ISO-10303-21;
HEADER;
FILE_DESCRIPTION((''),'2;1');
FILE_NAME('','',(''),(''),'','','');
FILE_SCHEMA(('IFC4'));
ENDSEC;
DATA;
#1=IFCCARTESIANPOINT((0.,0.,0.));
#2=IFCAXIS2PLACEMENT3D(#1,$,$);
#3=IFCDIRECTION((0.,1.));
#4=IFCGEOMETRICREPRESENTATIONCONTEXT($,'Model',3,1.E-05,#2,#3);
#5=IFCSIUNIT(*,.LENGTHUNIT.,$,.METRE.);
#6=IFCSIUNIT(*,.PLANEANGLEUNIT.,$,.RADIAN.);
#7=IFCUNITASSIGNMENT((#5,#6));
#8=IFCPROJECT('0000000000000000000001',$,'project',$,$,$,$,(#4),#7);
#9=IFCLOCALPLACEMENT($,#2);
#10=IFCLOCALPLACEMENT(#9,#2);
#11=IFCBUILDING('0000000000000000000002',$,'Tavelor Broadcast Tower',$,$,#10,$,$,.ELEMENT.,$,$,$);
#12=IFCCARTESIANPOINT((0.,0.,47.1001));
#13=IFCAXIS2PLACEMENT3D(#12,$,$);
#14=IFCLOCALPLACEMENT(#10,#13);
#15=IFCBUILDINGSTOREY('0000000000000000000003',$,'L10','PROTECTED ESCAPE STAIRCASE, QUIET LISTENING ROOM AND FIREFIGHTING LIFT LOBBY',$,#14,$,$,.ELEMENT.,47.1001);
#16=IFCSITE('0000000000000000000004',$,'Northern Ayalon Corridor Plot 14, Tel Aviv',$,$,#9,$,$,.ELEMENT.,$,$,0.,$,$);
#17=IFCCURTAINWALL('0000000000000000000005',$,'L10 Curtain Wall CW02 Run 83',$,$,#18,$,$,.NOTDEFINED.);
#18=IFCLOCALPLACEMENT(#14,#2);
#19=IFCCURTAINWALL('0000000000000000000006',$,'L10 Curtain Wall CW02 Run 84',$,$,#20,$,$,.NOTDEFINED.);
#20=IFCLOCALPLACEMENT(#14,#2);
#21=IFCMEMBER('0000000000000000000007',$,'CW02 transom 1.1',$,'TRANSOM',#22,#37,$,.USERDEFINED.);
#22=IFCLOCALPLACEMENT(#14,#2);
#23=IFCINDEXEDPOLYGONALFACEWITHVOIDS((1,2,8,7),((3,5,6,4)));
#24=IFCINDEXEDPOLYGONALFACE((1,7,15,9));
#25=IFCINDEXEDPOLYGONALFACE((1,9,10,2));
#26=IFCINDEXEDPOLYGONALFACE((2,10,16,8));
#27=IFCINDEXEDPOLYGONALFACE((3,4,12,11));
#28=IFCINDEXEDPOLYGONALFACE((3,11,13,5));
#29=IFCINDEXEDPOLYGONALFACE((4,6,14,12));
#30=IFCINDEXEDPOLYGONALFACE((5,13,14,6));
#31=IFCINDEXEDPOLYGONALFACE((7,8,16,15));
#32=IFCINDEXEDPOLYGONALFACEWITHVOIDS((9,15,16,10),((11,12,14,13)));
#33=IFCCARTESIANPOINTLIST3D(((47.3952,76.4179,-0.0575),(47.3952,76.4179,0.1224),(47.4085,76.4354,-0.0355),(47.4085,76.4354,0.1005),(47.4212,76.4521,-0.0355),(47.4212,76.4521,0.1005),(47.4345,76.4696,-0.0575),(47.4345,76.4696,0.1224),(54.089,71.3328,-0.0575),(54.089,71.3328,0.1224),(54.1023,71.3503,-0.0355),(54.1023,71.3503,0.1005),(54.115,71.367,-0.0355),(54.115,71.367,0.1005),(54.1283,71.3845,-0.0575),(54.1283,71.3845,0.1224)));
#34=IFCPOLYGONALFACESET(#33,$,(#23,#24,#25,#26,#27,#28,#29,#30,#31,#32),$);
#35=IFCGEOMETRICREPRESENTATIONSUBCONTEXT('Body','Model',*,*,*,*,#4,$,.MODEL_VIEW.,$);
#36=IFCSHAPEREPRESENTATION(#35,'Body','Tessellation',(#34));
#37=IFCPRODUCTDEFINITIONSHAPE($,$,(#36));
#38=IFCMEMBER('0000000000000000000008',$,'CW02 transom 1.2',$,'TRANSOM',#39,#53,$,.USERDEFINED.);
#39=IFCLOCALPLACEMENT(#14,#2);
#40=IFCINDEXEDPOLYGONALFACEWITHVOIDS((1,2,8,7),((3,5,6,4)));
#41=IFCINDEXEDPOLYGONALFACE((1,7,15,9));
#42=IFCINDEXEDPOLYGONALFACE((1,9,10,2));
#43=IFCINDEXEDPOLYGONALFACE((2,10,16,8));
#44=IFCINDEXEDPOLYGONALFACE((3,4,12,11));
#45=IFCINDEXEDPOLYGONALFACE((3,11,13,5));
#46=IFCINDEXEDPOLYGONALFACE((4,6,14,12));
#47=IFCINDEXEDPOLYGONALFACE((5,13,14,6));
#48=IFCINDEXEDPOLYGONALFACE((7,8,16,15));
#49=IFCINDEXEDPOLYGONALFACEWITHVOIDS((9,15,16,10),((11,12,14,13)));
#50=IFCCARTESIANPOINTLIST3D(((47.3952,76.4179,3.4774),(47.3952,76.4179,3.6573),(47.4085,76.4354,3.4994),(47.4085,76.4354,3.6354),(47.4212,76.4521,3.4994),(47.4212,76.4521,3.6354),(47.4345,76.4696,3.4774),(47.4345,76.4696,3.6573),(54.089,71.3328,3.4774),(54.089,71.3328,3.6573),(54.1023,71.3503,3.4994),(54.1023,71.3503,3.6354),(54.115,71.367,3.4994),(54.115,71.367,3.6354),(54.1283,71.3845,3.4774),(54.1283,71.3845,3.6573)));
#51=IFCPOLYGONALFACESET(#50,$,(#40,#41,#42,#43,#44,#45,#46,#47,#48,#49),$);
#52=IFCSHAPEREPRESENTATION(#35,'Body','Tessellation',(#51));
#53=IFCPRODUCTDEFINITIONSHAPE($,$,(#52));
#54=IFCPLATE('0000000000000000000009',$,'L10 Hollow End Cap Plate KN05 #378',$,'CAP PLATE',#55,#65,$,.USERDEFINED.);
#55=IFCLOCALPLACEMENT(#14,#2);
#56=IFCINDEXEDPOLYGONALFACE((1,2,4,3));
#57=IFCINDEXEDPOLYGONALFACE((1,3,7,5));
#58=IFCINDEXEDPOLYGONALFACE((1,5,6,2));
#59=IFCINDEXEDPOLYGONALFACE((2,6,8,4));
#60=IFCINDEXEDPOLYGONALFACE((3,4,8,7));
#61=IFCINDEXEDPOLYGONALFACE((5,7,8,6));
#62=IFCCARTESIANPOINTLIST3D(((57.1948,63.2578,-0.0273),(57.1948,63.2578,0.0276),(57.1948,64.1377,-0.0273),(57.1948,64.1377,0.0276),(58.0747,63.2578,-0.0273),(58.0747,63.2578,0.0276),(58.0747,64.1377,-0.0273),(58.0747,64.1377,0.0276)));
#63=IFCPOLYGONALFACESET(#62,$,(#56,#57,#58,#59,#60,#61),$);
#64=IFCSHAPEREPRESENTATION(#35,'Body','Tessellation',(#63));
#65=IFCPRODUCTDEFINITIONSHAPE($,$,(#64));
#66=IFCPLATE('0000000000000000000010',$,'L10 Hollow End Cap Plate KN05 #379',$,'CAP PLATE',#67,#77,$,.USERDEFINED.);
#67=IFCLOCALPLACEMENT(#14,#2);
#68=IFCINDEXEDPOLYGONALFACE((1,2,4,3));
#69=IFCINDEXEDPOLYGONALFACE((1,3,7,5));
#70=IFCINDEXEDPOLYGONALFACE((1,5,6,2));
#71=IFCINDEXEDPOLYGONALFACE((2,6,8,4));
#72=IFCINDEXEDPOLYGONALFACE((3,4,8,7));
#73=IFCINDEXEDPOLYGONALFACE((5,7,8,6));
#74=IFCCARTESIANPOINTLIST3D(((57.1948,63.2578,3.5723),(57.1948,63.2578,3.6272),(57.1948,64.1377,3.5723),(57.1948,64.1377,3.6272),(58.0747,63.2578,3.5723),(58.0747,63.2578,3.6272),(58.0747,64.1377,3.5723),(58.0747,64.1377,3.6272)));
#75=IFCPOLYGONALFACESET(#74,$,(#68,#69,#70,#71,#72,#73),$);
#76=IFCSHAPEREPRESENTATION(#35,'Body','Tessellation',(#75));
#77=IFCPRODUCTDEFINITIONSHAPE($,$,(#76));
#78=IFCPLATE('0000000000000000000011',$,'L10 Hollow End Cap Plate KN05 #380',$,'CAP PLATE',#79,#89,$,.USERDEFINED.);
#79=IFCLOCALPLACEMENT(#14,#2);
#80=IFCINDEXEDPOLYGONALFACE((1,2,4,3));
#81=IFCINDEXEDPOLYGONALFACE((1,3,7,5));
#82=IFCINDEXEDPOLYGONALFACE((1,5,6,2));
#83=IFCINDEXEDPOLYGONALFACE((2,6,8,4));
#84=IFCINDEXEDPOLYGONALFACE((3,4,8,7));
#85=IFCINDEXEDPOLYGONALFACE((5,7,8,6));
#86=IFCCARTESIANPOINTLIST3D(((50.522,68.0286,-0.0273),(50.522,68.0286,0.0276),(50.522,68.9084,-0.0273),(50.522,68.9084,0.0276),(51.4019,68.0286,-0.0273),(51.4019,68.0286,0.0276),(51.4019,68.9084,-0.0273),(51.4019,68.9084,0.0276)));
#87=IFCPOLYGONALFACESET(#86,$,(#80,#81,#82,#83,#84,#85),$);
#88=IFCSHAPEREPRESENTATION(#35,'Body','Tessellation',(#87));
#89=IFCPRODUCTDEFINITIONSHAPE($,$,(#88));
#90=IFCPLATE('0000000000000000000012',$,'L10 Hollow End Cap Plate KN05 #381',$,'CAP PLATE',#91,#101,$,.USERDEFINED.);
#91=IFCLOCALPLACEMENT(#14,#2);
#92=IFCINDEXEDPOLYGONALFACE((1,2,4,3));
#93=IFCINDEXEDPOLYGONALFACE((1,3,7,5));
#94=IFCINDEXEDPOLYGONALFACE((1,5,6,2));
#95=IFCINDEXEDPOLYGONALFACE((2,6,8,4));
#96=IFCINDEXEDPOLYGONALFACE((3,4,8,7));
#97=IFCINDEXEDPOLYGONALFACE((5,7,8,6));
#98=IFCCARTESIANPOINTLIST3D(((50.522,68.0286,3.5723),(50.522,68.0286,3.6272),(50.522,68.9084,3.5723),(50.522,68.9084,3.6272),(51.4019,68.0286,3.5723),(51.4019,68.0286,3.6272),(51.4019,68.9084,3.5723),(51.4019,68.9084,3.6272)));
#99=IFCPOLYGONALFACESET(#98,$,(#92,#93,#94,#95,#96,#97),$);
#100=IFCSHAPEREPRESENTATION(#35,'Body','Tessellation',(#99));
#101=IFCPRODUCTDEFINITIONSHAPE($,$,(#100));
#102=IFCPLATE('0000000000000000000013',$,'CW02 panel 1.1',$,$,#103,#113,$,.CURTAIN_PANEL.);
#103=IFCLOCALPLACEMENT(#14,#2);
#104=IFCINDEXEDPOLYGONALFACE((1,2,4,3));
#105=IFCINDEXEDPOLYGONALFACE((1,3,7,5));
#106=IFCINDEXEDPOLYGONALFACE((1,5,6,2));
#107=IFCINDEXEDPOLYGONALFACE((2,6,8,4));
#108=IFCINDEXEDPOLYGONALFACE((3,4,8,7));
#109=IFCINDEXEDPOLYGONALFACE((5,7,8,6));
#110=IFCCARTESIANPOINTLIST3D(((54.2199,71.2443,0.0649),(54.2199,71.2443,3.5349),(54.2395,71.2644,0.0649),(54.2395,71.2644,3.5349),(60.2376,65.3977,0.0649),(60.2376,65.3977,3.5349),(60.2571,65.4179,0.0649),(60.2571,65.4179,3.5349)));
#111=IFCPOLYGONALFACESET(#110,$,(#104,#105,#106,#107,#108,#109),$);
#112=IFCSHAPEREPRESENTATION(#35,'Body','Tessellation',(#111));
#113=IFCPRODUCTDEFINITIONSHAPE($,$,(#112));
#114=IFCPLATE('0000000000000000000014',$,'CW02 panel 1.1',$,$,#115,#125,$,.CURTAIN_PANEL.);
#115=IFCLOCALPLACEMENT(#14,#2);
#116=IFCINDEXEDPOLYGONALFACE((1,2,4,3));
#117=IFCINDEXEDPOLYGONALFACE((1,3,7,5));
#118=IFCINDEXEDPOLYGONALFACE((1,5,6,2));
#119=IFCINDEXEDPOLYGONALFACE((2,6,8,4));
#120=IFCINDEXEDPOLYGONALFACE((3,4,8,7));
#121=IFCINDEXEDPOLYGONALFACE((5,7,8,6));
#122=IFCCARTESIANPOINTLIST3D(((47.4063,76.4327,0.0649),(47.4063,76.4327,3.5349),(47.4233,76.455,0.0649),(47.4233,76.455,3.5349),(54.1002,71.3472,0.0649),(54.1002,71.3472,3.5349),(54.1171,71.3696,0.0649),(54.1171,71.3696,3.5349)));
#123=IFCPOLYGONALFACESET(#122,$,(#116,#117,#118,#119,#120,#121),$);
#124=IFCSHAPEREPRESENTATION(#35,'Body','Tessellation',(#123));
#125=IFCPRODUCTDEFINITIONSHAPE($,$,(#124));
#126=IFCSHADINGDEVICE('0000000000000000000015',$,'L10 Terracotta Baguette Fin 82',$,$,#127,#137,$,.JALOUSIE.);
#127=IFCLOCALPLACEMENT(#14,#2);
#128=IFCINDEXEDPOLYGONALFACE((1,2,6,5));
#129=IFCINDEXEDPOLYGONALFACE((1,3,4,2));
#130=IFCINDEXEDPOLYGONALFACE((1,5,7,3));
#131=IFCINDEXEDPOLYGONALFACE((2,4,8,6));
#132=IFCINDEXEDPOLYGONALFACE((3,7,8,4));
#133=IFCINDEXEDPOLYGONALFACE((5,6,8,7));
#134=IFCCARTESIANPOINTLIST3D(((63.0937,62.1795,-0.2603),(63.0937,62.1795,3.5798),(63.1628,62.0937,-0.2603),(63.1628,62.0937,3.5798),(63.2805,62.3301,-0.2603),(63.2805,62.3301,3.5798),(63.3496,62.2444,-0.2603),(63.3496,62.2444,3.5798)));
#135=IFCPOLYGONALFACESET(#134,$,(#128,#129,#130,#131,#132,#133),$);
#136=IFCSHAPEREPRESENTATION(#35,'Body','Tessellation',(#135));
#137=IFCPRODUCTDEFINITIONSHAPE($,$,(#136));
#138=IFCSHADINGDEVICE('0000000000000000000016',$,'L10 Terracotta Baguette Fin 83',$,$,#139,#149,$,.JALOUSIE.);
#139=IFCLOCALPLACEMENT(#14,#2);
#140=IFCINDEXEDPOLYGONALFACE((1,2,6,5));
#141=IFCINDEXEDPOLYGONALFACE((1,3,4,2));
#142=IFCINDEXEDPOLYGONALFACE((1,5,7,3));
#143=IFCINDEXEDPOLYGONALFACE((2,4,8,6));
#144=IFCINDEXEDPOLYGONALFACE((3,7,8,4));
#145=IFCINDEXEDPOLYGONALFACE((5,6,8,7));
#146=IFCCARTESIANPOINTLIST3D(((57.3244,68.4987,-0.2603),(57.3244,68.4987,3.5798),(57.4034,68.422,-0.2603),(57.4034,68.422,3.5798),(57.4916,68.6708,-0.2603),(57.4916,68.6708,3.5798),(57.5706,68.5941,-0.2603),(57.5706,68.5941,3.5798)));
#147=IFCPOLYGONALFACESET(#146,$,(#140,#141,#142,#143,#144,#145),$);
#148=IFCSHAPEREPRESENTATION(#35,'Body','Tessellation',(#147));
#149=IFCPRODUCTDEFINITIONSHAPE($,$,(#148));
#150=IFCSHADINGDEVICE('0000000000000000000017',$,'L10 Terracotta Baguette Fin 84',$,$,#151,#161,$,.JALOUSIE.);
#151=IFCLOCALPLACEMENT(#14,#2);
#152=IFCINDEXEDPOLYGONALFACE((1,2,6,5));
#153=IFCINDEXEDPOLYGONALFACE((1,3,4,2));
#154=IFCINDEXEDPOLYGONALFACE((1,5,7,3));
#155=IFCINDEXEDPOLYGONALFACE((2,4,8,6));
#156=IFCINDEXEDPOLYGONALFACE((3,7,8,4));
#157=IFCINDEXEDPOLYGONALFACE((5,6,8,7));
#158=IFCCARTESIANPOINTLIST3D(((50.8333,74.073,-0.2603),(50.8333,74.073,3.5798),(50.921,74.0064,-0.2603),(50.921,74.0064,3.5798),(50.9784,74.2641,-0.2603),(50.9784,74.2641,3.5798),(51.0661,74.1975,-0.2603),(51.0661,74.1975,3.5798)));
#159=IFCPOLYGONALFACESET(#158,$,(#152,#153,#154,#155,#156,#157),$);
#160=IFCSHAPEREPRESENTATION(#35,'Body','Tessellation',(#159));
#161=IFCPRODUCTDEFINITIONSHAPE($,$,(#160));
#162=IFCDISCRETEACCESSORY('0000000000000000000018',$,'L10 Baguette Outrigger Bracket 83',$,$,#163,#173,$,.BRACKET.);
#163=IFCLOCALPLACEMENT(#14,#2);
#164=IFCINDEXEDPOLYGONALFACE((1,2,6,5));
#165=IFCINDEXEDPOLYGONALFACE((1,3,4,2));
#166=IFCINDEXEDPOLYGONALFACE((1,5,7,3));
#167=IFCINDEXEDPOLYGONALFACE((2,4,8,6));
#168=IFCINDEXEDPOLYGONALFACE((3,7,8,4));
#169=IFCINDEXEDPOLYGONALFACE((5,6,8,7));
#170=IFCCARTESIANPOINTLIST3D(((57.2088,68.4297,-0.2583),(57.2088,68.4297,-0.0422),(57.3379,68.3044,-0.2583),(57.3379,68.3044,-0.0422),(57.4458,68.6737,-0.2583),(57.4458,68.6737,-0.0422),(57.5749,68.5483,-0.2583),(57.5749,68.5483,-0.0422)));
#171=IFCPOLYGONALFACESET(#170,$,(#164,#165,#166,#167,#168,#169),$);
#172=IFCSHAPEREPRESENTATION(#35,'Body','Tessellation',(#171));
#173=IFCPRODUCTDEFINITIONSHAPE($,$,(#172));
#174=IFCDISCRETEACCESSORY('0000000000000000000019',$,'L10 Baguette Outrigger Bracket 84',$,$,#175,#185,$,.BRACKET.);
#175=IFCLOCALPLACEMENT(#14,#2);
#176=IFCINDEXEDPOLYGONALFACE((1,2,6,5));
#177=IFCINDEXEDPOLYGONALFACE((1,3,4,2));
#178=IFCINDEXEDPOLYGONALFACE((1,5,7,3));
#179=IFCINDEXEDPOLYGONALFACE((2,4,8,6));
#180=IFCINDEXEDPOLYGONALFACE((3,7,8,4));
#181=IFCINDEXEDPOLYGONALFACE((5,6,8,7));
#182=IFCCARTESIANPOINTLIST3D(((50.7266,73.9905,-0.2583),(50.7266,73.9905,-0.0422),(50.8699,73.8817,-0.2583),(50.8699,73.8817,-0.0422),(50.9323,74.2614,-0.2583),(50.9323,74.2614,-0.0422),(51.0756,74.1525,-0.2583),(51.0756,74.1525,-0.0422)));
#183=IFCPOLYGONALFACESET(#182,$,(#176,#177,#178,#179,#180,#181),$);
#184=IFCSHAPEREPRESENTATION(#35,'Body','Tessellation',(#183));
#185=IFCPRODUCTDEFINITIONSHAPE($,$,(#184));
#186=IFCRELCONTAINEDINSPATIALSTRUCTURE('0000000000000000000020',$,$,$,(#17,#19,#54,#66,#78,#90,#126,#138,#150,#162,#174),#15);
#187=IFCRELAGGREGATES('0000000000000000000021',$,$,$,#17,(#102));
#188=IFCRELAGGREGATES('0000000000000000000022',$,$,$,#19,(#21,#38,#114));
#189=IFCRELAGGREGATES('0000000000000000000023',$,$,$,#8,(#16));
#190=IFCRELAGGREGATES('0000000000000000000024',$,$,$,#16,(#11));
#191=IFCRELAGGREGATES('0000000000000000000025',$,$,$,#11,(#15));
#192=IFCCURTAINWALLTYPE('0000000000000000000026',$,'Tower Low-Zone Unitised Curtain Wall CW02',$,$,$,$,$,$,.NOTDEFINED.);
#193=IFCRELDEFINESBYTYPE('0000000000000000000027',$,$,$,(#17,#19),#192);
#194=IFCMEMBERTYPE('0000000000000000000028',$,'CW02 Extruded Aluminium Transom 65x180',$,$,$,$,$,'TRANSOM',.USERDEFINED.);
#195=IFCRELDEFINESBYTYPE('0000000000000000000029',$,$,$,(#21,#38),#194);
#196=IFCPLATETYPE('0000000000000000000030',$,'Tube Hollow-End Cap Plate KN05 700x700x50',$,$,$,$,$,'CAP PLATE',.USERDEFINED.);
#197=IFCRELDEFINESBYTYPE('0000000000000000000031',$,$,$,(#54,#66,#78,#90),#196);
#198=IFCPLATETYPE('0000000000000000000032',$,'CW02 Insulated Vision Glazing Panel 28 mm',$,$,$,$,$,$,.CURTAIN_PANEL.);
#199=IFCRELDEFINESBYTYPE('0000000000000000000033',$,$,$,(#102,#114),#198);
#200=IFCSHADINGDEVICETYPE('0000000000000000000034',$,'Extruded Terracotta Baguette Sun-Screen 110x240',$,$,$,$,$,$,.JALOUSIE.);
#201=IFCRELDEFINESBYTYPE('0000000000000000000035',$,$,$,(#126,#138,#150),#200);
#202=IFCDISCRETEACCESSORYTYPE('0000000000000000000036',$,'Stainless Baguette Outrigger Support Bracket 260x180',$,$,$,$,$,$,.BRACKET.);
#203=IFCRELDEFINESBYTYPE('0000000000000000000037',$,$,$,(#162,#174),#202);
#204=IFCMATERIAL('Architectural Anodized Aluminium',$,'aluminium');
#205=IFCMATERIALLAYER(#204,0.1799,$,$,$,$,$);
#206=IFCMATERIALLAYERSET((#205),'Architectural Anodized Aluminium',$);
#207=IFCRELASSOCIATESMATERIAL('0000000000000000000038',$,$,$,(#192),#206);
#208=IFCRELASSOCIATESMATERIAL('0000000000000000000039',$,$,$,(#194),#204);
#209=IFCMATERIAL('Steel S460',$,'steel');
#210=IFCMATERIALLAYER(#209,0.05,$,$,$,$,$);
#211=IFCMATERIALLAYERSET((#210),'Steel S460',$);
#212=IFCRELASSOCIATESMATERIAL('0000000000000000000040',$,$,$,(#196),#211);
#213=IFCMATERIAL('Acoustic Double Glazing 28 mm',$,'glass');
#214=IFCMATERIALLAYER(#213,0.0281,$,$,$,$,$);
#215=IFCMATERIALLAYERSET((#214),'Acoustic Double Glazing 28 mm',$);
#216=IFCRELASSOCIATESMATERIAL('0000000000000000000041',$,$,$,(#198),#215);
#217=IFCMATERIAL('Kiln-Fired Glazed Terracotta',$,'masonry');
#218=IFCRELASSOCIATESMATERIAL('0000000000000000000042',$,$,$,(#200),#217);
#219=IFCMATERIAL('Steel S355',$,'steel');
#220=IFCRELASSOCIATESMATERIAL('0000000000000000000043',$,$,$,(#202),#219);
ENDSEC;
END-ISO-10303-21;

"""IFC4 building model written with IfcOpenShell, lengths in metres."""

from ifc_helpers import new_model, si_unit, direction, frame, origin, origin_2d, place, context, subcontext, project, spatial, rectangle, hollow_rectangle, extrude, source, transform, mapped, material, layer, layer_set, material_profile, profile_set, type_object, type_shapes, element, aggregate, save


model = new_model("IFC4")

# Units and contexts
model_context = context("Model", 3, precision=1e-05, world=origin(), true_north=direction((0.0, 1.0)))
body_context = subcontext(model_context, "Body", "Model", "MODEL_VIEW")
ifc_project = project(units=[si_unit("LENGTHUNIT", "METRE"), si_unit("PLANEANGLEUNIT", "RADIAN")], contexts=[model_context])

# Site, building, storey
site_placement = place(None, origin())
site = spatial("IfcSite", under=ifc_project, at=site_placement, Name="Northern Ayalon Corridor Plot 14, Tel Aviv", CompositionType="ELEMENT", RefElevation=0.0)
building_placement = place(site_placement, origin())
building = spatial("IfcBuilding", under=site, at=building_placement, Name="Tavelor Broadcast Tower", CompositionType="ELEMENT")
storey_placement = place(building_placement, frame((0.0, 0.0, 47.1001)))
storey = spatial("IfcBuildingStorey", under=building, at=storey_placement, Name="L10", Description="PROTECTED ESCAPE STAIRCASE, QUIET LISTENING ROOM AND FIREFIGHTING LIFT LOBBY", CompositionType="ELEMENT", Elevation=47.1001)

# Shared definitions
ifc_material_1 = material(Name="Steel S460", Category="steel")

# Shared definitions
ifc_material_2 = material(Name="Steel S355", Category="steel")

# Shared definitions
ifc_material_3 = material(Name="Architectural Anodized Aluminium", Category="aluminium")
ifc_layer_1 = layer(ifc_material_3, 0.1799)
ifc_layer_set_1 = layer_set([ifc_layer_1], Name="Architectural Anodized Aluminium")
curtain_wall_type = type_object("IfcCurtainWallType", Name="Tower Low-Zone Unitised Curtain Wall CW02", PredefinedType="NOTDEFINED", material=ifc_layer_set_1)

# Curtain wall
curtain_wall_1_placement = place(storey_placement, origin())
curtain_wall_1 = element("IfcCurtainWall", 1, at=curtain_wall_1_placement, inside=storey, type_object=curtain_wall_type, Name="L10 Curtain Wall CW02 Run 83", PredefinedType="NOTDEFINED")

# Curtain wall
curtain_wall_2_placement = place(storey_placement, origin())
curtain_wall_2 = element("IfcCurtainWall", 2, at=curtain_wall_2_placement, inside=storey, type_object=curtain_wall_type, Name="L10 Curtain Wall CW02 Run 84", PredefinedType="NOTDEFINED")

# Members
ifc_material_profile_1 = material_profile(ifc_material_3, hollow_rectangle(XDim=0.0649, YDim=0.1799, WallThickness=0.022, at=origin_2d()), Name="RHS 65x180x22")
ifc_profile_set_1 = profile_set([ifc_material_profile_1], Name="Architectural Anodized Aluminium")
member_type_1 = type_object("IfcMemberType", Name="CW02 Extruded Aluminium Transom 65x180", ElementType="TRANSOM", PredefinedType="USERDEFINED", material=ifc_profile_set_1)
shared_shape_1 = source(origin(), body_context, "Body", "SweptSolid", [
    extrude(hollow_rectangle(XDim=0.0649, YDim=0.1799, WallThickness=0.022, at=origin_2d()), origin(), (0.0, 0.0, 1.0), 8.4062),
])
member_1_placement = place(storey_placement, frame((54.1086, 71.3586, 0.0325), z_axis=(-0.796284, 0.604923, 0.0), x_axis=(-0.604923, -0.796284, 0.0)))
member_1 = element("IfcMember", 3, at=member_1_placement, type_object=member_type_1, Name="CW02 transom 1.1", ObjectType="TRANSOM", PredefinedType="USERDEFINED", context=body_context, shape_type="MappedRepresentation", body=[
    mapped(shared_shape_1, transform((0.0, 0.0, 0.0), scale=1.0)),
])
member_2_placement = place(storey_placement, frame((54.1086, 71.3586, 3.5674), z_axis=(-0.796284, 0.604923, 0.0), x_axis=(-0.604923, -0.796284, 0.0)))
member_2 = element("IfcMember", 4, at=member_2_placement, type_object=member_type_1, Name="CW02 transom 1.2", ObjectType="TRANSOM", PredefinedType="USERDEFINED", context=body_context, shape_type="MappedRepresentation", body=[
    mapped(shared_shape_1, transform((0.0, 0.0, 0.0), scale=1.0)),
])

# Plates
ifc_layer_2 = layer(ifc_material_1, 0.05)
ifc_layer_set_2 = layer_set([ifc_layer_2], Name="Steel S460")
plate_type_1 = type_object("IfcPlateType", Name="Tube Hollow-End Cap Plate KN05 700x700x50", ElementType="CAP PLATE", PredefinedType="USERDEFINED", material=ifc_layer_set_2)
shared_shape_2 = source(origin(), body_context, "Body", "SweptSolid", [
    extrude(rectangle(XDim=0.8799, YDim=0.8799, at=origin_2d()), origin(), (0.0, 0.0, 1.0), 0.0549),
])
type_shapes(plate_type_1, [shared_shape_2])
for number, where, z_axis, x_axis, name in (
    (5, (57.6348, 63.6978, -0.0273), (0.0, 0.0, 1.0), (1.0, 0.0, 0.0), "L10 Hollow End Cap Plate KN05 #378"),
    (6, (57.6348, 63.6978, 3.5723), (0.0, 0.0, 1.0), (1.0, 0.0, 0.0), "L10 Hollow End Cap Plate KN05 #379"),
    (7, (50.9619, 68.4685, -0.0273), (0.0, 0.0, 1.0), (1.0, 0.0, 0.0), "L10 Hollow End Cap Plate KN05 #380"),
    (8, (50.9619, 68.4685, 3.5723), (0.0, 0.0, 1.0), (1.0, 0.0, 0.0), "L10 Hollow End Cap Plate KN05 #381"),
):
    element("IfcPlate", number, at=place(storey_placement, frame(where, z_axis=z_axis, x_axis=x_axis)), inside=storey, type_object=plate_type_1, Name=name, ObjectType="CAP PLATE", PredefinedType="USERDEFINED", context=body_context, shape_type="MappedRepresentation", body=[
        mapped(shared_shape_2, transform((0.0, 0.0, 0.0), scale=1.0)),
    ])

# Plates
ifc_material_4 = material(Name="Acoustic Double Glazing 28 mm", Category="glass")
ifc_layer_3 = layer(ifc_material_4, 0.0281)
ifc_layer_set_3 = layer_set([ifc_layer_3], Name="Acoustic Double Glazing 28 mm")
plate_type_2 = type_object("IfcPlateType", Name="CW02 Insulated Vision Glazing Panel 28 mm", PredefinedType="CURTAIN_PANEL", material=ifc_layer_set_3)
shared_shape_3 = source(origin(), body_context, "Body", "SweptSolid", [
    extrude(rectangle(XDim=8.3901, YDim=0.0281, at=origin_2d()), origin(), (0.0, 0.0, 1.0), 3.47),
])
plate_1_placement = place(storey_placement, frame((57.2385, 68.3311, 0.0649), z_axis=(0.0, 0.0, 1.0), x_axis=(-0.717232, 0.696834, 0.0)))
plate_1 = element("IfcPlate", 9, at=plate_1_placement, type_object=plate_type_2, Name="CW02 panel 1.1", PredefinedType="CURTAIN_PANEL", context=body_context, shape_type="MappedRepresentation", body=[
    mapped(shared_shape_3, transform((0.0, 0.0, 0.0), scale=1.0)),
])
aggregate(curtain_wall_1, [plate_1])
shared_shape_4 = source(origin(), body_context, "Body", "SweptSolid", [
    extrude(rectangle(XDim=8.4065, YDim=0.0281, at=origin_2d()), origin(), (0.0, 0.0, 1.0), 3.47),
])
type_shapes(plate_type_2, [shared_shape_3, shared_shape_4])
plate_2_placement = place(storey_placement, frame((50.7617, 73.9011, 0.0649), z_axis=(0.0, 0.0, 1.0), x_axis=(-0.796272, 0.604939, 0.0)))
plate_2 = element("IfcPlate", 10, at=plate_2_placement, type_object=plate_type_2, Name="CW02 panel 1.1", PredefinedType="CURTAIN_PANEL", context=body_context, shape_type="MappedRepresentation", body=[
    mapped(shared_shape_4, transform((0.0, 0.0, 0.0), scale=1.0)),
])
aggregate(curtain_wall_2, [member_1, member_2, plate_2])

# Shading devices
ifc_material_5 = material(Name="Kiln-Fired Glazed Terracotta", Category="masonry")
shading_device_type = type_object("IfcShadingDeviceType", Name="Extruded Terracotta Baguette Sun-Screen 110x240", PredefinedType="JALOUSIE", material=ifc_material_5)
shared_shape_5 = source(origin(), body_context, "Body", "SweptSolid", [
    extrude(rectangle(XDim=0.1101, YDim=0.24, at=origin_2d()), origin(), (0.0, 0.0, 1.0), 3.8401),
])
type_shapes(shading_device_type, [shared_shape_5])
for number, where, z_axis, x_axis, name in (
    (11, (63.2217, 62.2119, -0.2603), (0.0, 0.0, 1.0), (-0.627691, 0.778462, 0.0), "L10 Terracotta Baguette Fin 82"),
    (12, (57.4475, 68.5464, -0.2603), (0.0, 0.0, 1.0), (-0.717276, 0.69679, 0.0), "L10 Terracotta Baguette Fin 83"),
    (13, (50.9497, 74.1353, -0.2603), (0.0, 0.0, 1.0), (-0.796319, 0.604877, 0.0), "L10 Terracotta Baguette Fin 84"),
):
    element("IfcShadingDevice", number, at=place(storey_placement, frame(where, z_axis=z_axis, x_axis=x_axis)), inside=storey, type_object=shading_device_type, Name=name, PredefinedType="JALOUSIE", context=body_context, shape_type="MappedRepresentation", body=[
        mapped(shared_shape_5, transform((0.0, 0.0, 0.0), scale=1.0)),
    ])

# Discrete accessories
discrete_accessory_type = type_object("IfcDiscreteAccessoryType", Name="Stainless Baguette Outrigger Support Bracket 260x180", PredefinedType="BRACKET", material=ifc_material_2)
shared_shape_6 = source(origin(), body_context, "Body", "SweptSolid", [
    extrude(rectangle(XDim=0.1799, YDim=0.3401, at=origin_2d()), origin(), (0.0, 0.0, 1.0), 0.2161),
])
type_shapes(discrete_accessory_type, [shared_shape_6])
for number, where, z_axis, x_axis, name in (
    (14, (57.3918, 68.489, -0.2583), (0.0, 0.0, 1.0), (-0.717276, 0.69679, 0.0), "L10 Baguette Outrigger Bracket 83"),
    (15, (50.9011, 74.0715, -0.2583), (0.0, 0.0, 1.0), (-0.796319, 0.604877, 0.0), "L10 Baguette Outrigger Bracket 84"),
):
    element("IfcDiscreteAccessory", number, at=place(storey_placement, frame(where, z_axis=z_axis, x_axis=x_axis)), inside=storey, type_object=discrete_accessory_type, Name=name, PredefinedType="BRACKET", context=body_context, shape_type="MappedRepresentation", body=[
        mapped(shared_shape_6, transform((0.0, 0.0, 0.0), scale=1.0)),
    ])

save(model, "model.ifc")
